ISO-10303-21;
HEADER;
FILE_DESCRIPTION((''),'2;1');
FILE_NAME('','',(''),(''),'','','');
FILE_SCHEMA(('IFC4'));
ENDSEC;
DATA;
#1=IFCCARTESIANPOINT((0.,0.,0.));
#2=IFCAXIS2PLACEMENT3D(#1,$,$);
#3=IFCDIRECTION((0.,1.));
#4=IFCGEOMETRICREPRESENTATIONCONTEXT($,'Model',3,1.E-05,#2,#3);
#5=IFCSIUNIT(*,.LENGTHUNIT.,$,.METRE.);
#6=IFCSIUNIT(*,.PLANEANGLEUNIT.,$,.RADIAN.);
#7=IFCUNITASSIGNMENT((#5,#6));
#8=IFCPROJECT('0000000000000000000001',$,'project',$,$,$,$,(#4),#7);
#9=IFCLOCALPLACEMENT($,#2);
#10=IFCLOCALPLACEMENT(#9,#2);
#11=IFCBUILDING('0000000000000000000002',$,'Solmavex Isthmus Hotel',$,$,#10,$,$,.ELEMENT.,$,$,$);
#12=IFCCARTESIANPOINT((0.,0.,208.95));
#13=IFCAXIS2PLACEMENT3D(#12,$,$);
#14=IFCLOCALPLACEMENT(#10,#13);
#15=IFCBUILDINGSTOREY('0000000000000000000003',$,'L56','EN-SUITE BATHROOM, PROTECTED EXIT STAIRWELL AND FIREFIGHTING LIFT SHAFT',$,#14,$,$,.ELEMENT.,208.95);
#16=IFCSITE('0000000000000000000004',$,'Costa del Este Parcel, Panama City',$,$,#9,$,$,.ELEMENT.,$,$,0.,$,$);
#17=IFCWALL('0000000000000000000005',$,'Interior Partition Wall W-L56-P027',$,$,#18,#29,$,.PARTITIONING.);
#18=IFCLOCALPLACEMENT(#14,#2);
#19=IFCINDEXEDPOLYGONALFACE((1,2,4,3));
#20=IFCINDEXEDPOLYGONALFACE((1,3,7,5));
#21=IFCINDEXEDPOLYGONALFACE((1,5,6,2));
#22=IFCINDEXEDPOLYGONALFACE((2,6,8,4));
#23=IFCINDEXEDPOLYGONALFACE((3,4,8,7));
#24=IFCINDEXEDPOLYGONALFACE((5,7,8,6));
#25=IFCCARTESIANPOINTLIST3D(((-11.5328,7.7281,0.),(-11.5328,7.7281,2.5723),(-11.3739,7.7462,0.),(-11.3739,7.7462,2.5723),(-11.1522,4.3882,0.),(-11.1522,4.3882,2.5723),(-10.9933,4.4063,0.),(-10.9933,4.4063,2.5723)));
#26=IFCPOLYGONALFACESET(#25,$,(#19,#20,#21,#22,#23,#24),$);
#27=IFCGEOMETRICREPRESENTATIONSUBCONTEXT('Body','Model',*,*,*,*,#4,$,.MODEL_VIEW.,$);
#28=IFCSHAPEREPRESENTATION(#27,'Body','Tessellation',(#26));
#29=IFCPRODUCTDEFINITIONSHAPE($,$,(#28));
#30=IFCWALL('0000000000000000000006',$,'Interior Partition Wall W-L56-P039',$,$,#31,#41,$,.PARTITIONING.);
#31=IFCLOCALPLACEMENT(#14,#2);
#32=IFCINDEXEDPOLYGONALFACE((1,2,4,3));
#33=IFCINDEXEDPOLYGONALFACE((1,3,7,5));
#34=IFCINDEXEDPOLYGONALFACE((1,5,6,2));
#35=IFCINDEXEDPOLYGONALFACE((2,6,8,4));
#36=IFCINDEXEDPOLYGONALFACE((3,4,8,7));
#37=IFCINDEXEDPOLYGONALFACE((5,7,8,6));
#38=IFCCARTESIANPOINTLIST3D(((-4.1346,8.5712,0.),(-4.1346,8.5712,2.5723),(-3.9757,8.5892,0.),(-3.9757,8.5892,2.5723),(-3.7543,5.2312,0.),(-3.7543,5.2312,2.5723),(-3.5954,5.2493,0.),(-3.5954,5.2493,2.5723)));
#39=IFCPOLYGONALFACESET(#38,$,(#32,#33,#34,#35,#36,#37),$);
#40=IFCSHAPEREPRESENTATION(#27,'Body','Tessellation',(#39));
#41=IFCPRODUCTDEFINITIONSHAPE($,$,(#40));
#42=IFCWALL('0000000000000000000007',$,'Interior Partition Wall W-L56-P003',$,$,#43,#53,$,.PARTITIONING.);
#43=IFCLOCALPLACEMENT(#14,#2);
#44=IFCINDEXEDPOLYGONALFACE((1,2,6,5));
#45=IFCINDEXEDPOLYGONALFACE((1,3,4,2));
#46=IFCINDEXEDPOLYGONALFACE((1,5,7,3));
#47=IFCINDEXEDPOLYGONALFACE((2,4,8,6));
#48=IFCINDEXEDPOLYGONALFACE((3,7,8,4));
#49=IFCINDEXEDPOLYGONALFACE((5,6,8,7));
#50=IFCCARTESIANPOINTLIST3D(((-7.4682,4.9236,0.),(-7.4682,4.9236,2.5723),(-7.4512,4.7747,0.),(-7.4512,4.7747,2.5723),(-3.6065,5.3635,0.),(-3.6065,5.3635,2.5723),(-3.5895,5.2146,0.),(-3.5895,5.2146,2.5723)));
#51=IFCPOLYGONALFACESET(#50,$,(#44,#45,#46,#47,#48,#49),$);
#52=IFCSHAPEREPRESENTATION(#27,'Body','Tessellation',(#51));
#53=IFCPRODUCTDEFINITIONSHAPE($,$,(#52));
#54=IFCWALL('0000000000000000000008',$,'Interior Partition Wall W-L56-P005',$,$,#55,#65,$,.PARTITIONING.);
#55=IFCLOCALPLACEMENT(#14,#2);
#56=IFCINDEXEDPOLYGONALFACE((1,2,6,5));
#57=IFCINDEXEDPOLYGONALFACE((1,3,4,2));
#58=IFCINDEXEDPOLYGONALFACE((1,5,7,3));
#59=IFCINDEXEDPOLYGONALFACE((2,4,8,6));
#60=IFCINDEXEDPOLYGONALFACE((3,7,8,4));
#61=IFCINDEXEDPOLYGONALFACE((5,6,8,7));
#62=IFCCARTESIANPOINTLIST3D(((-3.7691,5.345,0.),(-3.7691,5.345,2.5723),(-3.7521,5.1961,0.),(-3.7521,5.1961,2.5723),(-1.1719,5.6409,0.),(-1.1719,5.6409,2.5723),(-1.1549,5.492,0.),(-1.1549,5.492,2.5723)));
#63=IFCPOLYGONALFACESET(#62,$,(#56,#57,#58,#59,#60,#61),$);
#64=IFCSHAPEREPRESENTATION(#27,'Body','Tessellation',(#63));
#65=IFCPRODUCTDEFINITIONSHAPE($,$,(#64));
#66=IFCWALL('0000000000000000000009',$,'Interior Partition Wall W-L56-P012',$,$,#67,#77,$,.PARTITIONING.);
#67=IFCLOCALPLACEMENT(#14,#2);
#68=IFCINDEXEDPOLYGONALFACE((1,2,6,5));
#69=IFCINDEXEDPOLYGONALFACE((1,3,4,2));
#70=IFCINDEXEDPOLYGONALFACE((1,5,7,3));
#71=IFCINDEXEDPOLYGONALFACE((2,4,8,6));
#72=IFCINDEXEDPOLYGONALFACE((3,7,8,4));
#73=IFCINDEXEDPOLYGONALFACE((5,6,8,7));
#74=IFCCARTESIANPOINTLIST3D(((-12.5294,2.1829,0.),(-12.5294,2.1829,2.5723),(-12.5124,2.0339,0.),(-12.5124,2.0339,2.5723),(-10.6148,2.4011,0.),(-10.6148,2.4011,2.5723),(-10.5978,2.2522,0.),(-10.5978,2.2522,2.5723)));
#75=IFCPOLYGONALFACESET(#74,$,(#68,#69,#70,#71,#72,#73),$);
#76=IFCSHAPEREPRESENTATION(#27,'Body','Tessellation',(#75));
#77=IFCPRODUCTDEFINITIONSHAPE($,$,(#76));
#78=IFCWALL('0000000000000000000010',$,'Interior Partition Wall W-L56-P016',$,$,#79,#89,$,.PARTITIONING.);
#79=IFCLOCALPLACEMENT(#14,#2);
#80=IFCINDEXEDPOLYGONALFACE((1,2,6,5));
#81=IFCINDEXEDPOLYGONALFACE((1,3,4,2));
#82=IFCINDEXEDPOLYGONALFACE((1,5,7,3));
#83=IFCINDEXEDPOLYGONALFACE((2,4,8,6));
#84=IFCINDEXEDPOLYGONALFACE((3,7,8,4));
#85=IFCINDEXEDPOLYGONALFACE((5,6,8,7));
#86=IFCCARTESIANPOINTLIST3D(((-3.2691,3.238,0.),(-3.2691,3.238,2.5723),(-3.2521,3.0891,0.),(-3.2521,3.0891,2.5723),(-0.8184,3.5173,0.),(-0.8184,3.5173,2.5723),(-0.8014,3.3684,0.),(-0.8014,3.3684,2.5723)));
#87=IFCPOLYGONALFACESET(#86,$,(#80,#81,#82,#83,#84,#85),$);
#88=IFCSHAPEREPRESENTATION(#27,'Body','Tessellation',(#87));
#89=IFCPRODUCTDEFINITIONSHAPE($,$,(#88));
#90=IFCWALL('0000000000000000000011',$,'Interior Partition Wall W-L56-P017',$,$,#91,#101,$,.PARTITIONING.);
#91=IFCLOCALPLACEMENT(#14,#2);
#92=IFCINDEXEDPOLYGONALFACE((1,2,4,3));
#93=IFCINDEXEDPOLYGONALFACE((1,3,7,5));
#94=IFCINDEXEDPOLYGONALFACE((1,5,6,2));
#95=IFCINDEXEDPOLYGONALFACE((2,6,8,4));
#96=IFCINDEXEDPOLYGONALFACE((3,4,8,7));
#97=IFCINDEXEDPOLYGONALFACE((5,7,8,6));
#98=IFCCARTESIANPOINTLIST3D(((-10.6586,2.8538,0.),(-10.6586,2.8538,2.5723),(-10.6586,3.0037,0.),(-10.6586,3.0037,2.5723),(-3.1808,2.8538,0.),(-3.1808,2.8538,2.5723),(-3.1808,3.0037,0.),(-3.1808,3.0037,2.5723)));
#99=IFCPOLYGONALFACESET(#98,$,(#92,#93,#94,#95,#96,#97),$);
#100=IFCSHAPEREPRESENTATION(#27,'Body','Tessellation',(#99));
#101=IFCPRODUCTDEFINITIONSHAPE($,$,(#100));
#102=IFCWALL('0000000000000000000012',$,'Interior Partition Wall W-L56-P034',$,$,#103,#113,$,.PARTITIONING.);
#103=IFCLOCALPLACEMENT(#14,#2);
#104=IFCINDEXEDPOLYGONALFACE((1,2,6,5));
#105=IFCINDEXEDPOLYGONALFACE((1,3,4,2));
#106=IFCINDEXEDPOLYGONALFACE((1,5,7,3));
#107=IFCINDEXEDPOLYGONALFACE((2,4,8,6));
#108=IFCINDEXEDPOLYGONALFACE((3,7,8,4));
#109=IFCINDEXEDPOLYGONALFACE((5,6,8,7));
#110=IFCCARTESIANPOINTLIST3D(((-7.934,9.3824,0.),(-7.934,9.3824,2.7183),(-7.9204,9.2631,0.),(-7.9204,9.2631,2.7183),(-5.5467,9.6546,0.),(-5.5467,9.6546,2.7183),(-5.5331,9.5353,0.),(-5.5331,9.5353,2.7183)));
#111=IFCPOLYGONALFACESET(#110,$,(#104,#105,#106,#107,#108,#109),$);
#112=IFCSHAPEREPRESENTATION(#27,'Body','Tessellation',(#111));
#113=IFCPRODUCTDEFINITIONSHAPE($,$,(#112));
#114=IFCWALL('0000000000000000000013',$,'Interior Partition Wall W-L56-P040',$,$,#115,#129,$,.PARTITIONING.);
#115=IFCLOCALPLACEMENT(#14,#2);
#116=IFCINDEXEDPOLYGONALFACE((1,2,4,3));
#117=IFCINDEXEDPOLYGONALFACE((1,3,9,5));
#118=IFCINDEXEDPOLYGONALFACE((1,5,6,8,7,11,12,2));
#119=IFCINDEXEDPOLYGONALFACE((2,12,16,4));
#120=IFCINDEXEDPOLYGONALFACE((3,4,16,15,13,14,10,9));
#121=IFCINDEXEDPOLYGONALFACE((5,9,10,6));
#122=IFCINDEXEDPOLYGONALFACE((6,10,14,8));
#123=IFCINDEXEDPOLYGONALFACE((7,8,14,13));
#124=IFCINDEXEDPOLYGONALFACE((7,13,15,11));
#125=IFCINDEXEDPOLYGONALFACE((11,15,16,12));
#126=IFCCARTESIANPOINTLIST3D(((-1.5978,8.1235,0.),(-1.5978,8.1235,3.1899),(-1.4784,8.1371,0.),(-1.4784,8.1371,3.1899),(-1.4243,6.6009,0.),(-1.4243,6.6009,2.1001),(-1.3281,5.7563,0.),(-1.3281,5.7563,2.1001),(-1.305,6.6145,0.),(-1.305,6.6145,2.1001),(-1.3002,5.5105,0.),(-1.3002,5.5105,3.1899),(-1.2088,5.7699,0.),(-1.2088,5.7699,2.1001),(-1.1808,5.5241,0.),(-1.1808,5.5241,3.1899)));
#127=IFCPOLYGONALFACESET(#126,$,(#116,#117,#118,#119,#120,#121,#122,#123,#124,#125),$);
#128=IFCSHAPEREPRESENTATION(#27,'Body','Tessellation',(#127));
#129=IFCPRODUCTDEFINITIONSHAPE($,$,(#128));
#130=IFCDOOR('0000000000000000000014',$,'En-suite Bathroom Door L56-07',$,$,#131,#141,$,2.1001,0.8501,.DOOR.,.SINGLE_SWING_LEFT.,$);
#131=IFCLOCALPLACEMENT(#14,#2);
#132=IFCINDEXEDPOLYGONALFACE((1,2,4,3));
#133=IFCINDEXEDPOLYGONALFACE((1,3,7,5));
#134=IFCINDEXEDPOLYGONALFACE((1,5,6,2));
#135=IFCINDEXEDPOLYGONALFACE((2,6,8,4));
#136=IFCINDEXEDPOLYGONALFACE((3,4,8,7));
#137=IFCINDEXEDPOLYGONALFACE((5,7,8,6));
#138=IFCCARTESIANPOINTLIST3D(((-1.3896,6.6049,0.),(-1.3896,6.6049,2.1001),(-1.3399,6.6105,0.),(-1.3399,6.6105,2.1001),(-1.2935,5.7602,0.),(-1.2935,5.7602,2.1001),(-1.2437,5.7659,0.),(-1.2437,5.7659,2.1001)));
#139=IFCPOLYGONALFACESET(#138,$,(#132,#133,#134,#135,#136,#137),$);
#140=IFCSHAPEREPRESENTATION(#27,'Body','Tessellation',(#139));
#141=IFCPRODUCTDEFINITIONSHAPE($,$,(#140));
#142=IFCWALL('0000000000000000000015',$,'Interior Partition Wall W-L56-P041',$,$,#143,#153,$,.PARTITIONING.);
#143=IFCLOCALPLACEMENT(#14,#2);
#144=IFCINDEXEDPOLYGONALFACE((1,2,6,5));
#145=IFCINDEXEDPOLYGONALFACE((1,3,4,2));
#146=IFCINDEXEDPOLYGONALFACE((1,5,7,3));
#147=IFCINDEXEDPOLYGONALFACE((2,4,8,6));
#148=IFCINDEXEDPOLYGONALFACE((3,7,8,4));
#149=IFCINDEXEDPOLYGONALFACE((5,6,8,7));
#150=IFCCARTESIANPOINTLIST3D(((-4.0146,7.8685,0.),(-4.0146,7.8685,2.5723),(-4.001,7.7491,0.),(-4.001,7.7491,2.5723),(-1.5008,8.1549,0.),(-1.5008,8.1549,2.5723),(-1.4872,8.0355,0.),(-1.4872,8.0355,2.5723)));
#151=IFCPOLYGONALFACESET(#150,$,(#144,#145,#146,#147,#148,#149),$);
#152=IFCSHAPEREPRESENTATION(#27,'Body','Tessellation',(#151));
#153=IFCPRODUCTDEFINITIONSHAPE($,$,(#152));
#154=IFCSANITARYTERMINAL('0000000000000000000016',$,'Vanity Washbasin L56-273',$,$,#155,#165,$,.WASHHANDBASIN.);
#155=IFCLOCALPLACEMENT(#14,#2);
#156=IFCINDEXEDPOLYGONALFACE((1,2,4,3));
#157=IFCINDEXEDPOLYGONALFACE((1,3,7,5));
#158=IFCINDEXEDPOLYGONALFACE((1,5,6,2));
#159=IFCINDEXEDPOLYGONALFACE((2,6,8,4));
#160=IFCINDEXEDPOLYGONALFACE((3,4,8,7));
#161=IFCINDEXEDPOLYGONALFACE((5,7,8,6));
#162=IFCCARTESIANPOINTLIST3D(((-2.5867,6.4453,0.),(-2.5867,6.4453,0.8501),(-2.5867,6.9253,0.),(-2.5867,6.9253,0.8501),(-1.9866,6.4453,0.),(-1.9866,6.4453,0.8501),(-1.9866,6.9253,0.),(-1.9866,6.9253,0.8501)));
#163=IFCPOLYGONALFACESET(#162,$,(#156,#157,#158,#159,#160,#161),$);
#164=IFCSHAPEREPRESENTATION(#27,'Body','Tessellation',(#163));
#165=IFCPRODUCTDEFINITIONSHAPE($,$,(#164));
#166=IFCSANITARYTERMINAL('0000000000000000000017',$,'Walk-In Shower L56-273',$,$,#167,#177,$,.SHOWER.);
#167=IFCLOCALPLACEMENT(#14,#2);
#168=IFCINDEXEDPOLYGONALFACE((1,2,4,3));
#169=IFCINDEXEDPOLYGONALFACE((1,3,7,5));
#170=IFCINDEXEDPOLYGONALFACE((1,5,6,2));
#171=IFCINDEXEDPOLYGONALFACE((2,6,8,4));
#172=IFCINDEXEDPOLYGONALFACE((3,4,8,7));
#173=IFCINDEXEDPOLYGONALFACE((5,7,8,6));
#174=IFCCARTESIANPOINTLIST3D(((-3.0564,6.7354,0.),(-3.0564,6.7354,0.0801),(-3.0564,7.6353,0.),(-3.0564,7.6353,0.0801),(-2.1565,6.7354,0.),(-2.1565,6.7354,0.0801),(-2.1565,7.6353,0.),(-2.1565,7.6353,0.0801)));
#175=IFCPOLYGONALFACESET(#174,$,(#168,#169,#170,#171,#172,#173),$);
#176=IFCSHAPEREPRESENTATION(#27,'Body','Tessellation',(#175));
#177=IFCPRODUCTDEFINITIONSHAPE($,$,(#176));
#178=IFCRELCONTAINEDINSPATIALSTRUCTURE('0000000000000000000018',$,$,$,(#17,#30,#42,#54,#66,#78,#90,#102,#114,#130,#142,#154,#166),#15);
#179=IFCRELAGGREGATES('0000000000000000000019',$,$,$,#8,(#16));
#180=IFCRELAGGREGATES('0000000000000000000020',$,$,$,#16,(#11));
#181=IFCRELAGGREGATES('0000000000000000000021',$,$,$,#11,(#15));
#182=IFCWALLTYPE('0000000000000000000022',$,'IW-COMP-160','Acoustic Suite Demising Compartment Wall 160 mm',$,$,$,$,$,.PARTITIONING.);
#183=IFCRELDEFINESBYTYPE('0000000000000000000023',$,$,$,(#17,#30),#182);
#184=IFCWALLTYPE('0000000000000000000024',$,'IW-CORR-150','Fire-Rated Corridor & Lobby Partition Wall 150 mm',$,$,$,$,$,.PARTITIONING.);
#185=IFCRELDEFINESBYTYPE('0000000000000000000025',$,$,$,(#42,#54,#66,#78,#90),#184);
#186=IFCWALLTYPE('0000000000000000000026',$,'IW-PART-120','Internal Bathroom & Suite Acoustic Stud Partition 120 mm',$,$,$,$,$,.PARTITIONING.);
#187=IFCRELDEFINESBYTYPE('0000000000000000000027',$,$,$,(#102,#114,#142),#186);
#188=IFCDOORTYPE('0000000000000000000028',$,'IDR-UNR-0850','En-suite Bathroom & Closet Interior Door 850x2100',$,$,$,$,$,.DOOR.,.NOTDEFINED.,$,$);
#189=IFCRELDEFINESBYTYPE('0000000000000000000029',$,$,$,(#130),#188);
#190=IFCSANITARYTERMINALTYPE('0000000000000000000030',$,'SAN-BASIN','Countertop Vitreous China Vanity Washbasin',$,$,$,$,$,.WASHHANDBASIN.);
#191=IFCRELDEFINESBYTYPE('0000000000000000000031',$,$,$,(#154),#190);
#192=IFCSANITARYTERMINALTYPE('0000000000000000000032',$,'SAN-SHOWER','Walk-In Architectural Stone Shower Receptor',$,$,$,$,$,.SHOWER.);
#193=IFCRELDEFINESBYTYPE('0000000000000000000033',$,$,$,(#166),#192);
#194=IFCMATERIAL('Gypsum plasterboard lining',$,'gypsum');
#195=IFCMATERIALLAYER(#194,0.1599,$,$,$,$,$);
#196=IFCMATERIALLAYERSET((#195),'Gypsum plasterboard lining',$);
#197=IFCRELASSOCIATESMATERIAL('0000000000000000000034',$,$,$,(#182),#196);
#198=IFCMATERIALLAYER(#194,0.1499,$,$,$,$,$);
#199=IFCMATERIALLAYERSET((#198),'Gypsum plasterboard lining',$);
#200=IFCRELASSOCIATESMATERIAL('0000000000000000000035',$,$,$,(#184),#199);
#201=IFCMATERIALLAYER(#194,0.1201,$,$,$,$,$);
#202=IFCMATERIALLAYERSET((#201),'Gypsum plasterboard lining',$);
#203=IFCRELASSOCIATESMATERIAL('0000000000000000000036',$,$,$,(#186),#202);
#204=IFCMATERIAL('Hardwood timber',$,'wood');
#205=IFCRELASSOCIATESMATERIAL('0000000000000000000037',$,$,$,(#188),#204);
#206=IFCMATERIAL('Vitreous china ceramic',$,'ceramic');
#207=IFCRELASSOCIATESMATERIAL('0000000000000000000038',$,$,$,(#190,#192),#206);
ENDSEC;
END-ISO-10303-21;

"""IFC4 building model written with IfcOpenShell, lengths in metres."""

from ifc_helpers import new_model, si_unit, direction, frame, frame_2d, origin, origin_2d, place, context, subcontext, project, spatial, rectangle, extrude, material, layer, layer_set, type_object, element, fill, save


model = new_model("IFC4")

# Units and contexts
model_context = context("Model", 3, precision=1e-05, world=origin(), true_north=direction((0.0, 1.0)))
body_context = subcontext(model_context, "Body", "Model", "MODEL_VIEW")
ifc_project = project(units=[si_unit("LENGTHUNIT", "METRE"), si_unit("PLANEANGLEUNIT", "RADIAN")], contexts=[model_context])

# Site, building, storey
site_placement = place(None, origin())
site = spatial("IfcSite", under=ifc_project, at=site_placement, Name="Costa del Este Parcel, Panama City", CompositionType="ELEMENT", RefElevation=0.0)
building_placement = place(site_placement, origin())
building = spatial("IfcBuilding", under=site, at=building_placement, Name="Solmavex Isthmus Hotel", CompositionType="ELEMENT")
storey_placement = place(building_placement, frame((0.0, 0.0, 208.95)))
storey = spatial("IfcBuildingStorey", under=building, at=storey_placement, Name="L56", Description="EN-SUITE BATHROOM, PROTECTED EXIT STAIRWELL AND FIREFIGHTING LIFT SHAFT", CompositionType="ELEMENT", Elevation=208.95)

# Wall
ifc_material_1 = material(Name="Gypsum plasterboard lining", Category="gypsum")
ifc_layer_1 = layer(ifc_material_1, 0.1599)
ifc_layer_set_1 = layer_set([ifc_layer_1], Name="Gypsum plasterboard lining")
wall_type_1 = type_object("IfcWallType", Name="IW-COMP-160", Description="Acoustic Suite Demising Compartment Wall 160 mm", PredefinedType="PARTITIONING", material=ifc_layer_set_1)
wall_1_placement = place(storey_placement, frame((-11.4534, 7.7371, 0.0), z_axis=(0.0, 0.0, 1.0), x_axis=(0.113229, -0.993569, 0.0)))
element("IfcWall", 1, at=wall_1_placement, inside=storey, type_object=wall_type_1, Name="Interior Partition Wall W-L56-P027", PredefinedType="PARTITIONING", context=body_context, shape_type="SweptSolid", body=[
    extrude(rectangle(XDim=3.3616, YDim=0.1599, at=frame_2d((1.6807, 0.0))), origin(), (0.0, 0.0, 1.0), 2.5723),
])

# Shared definitions
ifc_material_2 = material(Name="Hardwood timber", Category="wood")

# Wall
wall_2_placement = place(storey_placement, frame((-4.0552, 8.5801, 0.0), z_axis=(0.0, 0.0, 1.0), x_axis=(0.113149, -0.993578, 0.0)))
element("IfcWall", 2, at=wall_2_placement, inside=storey, type_object=wall_type_1, Name="Interior Partition Wall W-L56-P039", PredefinedType="PARTITIONING", context=body_context, shape_type="SweptSolid", body=[
    extrude(rectangle(XDim=3.3616, YDim=0.1599, at=frame_2d((1.6807, 0.0))), origin(), (0.0, 0.0, 1.0), 2.5723),
])

# Shared definitions
ifc_layer_2 = layer(ifc_material_1, 0.1499)
ifc_layer_set_2 = layer_set([ifc_layer_2], Name="Gypsum plasterboard lining")
wall_type_2 = type_object("IfcWallType", Name="IW-CORR-150", Description="Fire-Rated Corridor & Lobby Partition Wall 150 mm", PredefinedType="PARTITIONING", material=ifc_layer_set_2)

# Wall
wall_3_placement = place(storey_placement, frame((-7.4597, 4.8491, 0.0), z_axis=(0.0, 0.0, 1.0), x_axis=(0.993574, 0.113189, 0.0)))
element("IfcWall", 3, at=wall_3_placement, inside=storey, type_object=wall_type_2, Name="Interior Partition Wall W-L56-P003", PredefinedType="PARTITIONING", context=body_context, shape_type="SweptSolid", body=[
    extrude(rectangle(XDim=3.8867, YDim=0.1499, at=frame_2d((1.9434, 0.0))), origin(), (0.0, 0.0, 1.0), 2.5723),
])

# Walls
wall_4_placement = place(storey_placement, frame((-3.7607, 5.2705, 0.0), z_axis=(0.0, 0.0, 1.0), x_axis=(0.993572, 0.113199, 0.0)))
element("IfcWall", 4, at=wall_4_placement, inside=storey, type_object=wall_type_2, Name="Interior Partition Wall W-L56-P005", PredefinedType="PARTITIONING", context=body_context, shape_type="SweptSolid", body=[
    extrude(rectangle(XDim=2.614, YDim=0.1499, at=frame_2d((1.3071, 0.0))), origin(), (0.0, 0.0, 1.0), 2.5723),
])
wall_5_placement = place(storey_placement, frame((-10.6064, 2.3267, 0.0), z_axis=(0.0, 0.0, 1.0), x_axis=(-0.993564, -0.113268, 0.0)))
element("IfcWall", 5, at=wall_5_placement, inside=storey, type_object=wall_type_2, Name="Interior Partition Wall W-L56-P012", PredefinedType="PARTITIONING", context=body_context, shape_type="SweptSolid", body=[
    extrude(rectangle(XDim=1.927, YDim=0.1499, at=frame_2d((0.9634, 0.0))), origin(), (0.0, 0.0, 1.0), 2.5723),
])
wall_6_placement = place(storey_placement, frame((-0.8098, 3.4429, 0.0), z_axis=(0.0, 0.0, 1.0), x_axis=(-0.993568, -0.113234, 0.0)))
element("IfcWall", 6, at=wall_6_placement, inside=storey, type_object=wall_type_2, Name="Interior Partition Wall W-L56-P016", PredefinedType="PARTITIONING", context=body_context, shape_type="SweptSolid", body=[
    extrude(rectangle(XDim=2.4666, YDim=0.1499, at=frame_2d((1.2334, 0.0))), origin(), (0.0, 0.0, 1.0), 2.5723),
])
wall_7_placement = place(storey_placement, frame((-3.1809, 2.9287, 0.0), z_axis=(0.0, 0.0, 1.0), x_axis=(-1.0, 0.0, 0.0)))
element("IfcWall", 7, at=wall_7_placement, inside=storey, type_object=wall_type_2, Name="Interior Partition Wall W-L56-P017", PredefinedType="PARTITIONING", context=body_context, shape_type="SweptSolid", body=[
    extrude(rectangle(XDim=7.4778, YDim=0.1499, at=frame_2d((3.7388, 0.0))), origin(), (0.0, 0.0, 1.0), 2.5723),
])
ifc_layer_3 = layer(ifc_material_1, 0.1201)
ifc_layer_set_3 = layer_set([ifc_layer_3], Name="Gypsum plasterboard lining")
wall_type_3 = type_object("IfcWallType", Name="IW-PART-120", Description="Internal Bathroom & Suite Acoustic Stud Partition 120 mm", PredefinedType="PARTITIONING", material=ifc_layer_set_3)
wall_8_placement = place(storey_placement, frame((-7.9272, 9.3228, 0.0), z_axis=(0.0, 0.0, 1.0), x_axis=(0.993562, 0.113286, 0.0)))
element("IfcWall", 8, at=wall_8_placement, inside=storey, type_object=wall_type_3, Name="Interior Partition Wall W-L56-P034", PredefinedType="PARTITIONING", context=body_context, shape_type="SweptSolid", body=[
    extrude(rectangle(XDim=2.4028, YDim=0.1201, at=frame_2d((1.2014, 0.0))), origin(), (0.0, 0.0, 1.0), 2.7183),
])

# Wall, opening, door
wall_9_placement = place(storey_placement, frame((-1.2405, 5.5173, 0.0), z_axis=(0.0, 0.0, 1.0), x_axis=(-0.113162, 0.993577, 0.0)))
wall_9 = element("IfcWall", 9, at=wall_9_placement, inside=storey, type_object=wall_type_3, Name="Interior Partition Wall W-L56-P040", PredefinedType="PARTITIONING", context=body_context, shape_type="SweptSolid", body=[
    extrude(rectangle(XDim=2.6299, YDim=0.1201, at=frame_2d((1.3149, 0.0))), origin(), (0.0, 0.0, 1.0), 3.1899),
])
opening_1_placement = place(wall_9_placement, frame((0.2473, 0.0, 0.0)))
opening_1 = element("IfcOpeningElement", 10, at=opening_1_placement, cuts=wall_9, PredefinedType="OPENING", context=body_context, shape_type="SweptSolid", body=[
    extrude(rectangle(XDim=0.8501, YDim=2.1001, at=frame_2d((0.425, 1.05))), frame((0.0, 0.0701, 0.0), z_axis=(0.0, -1.0, 0.0), x_axis=(1.0, 0.0, 0.0)), (0.0, 0.0, 1.0), 0.1401),
])
door_type_1 = type_object("IfcDoorType", Name="IDR-UNR-0850", Description="En-suite Bathroom & Closet Interior Door 850x2100", OperationType="NOTDEFINED", PredefinedType="DOOR", material=ifc_material_2)
door_1_placement = place(opening_1_placement, frame((0.8501, 0.0, 0.0), z_axis=(0.0, 0.0, 1.0), x_axis=(-1.0, 0.0, 0.0)))
door_1 = element("IfcDoor", 11, at=door_1_placement, inside=storey, type_object=door_type_1, Name="En-suite Bathroom Door L56-07", OperationType="SINGLE_SWING_LEFT", OverallHeight=2.1001, OverallWidth=0.8501, PredefinedType="DOOR", context=body_context, shape_type="SweptSolid", body=[
    extrude(rectangle(XDim=0.8501, YDim=2.1001, at=frame_2d((0.425, 1.05))), frame((0.0, 0.0249, 0.0), z_axis=(0.0, -1.0, 0.0), x_axis=(1.0, 0.0, 0.0)), (0.0, 0.0, 1.0), 0.05),
])
fill(opening_1, door_1)

# Wall
wall_10_placement = place(storey_placement, frame((-1.4939, 8.0952, 0.0), z_axis=(0.0, 0.0, 1.0), x_axis=(-0.993573, -0.113195, 0.0)))
element("IfcWall", 12, at=wall_10_placement, inside=storey, type_object=wall_type_3, Name="Interior Partition Wall W-L56-P041", PredefinedType="PARTITIONING", context=body_context, shape_type="SweptSolid", body=[
    extrude(rectangle(XDim=2.53, YDim=0.1201, at=frame_2d((1.2651, 0.0))), origin(), (0.0, 0.0, 1.0), 2.5723),
])

# Sanitary terminals
ifc_material_3 = material(Name="Vitreous china ceramic", Category="ceramic")
sanitary_terminal_type_1 = type_object("IfcSanitaryTerminalType", Name="SAN-BASIN", Description="Countertop Vitreous China Vanity Washbasin", PredefinedType="WASHHANDBASIN", material=ifc_material_3)
sanitary_terminal_1_placement = place(storey_placement, frame((-2.2866, 6.6853, 0.0), z_axis=(0.0, 0.0, 1.0), x_axis=(1.0, 0.0, 0.0)))
element("IfcSanitaryTerminal", 13, at=sanitary_terminal_1_placement, inside=storey, type_object=sanitary_terminal_type_1, Name="Vanity Washbasin L56-273", PredefinedType="WASHHANDBASIN", context=body_context, shape_type="SweptSolid", body=[
    extrude(rectangle(XDim=0.6001, YDim=0.48, at=origin_2d()), origin(), (0.0, 0.0, 1.0), 0.8501),
])
sanitary_terminal_type_2 = type_object("IfcSanitaryTerminalType", Name="SAN-SHOWER", Description="Walk-In Architectural Stone Shower Receptor", PredefinedType="SHOWER", material=ifc_material_3)
sanitary_terminal_2_placement = place(storey_placement, frame((-2.6064, 7.1853, 0.0), z_axis=(0.0, 0.0, 1.0), x_axis=(1.0, 0.0, 0.0)))
element("IfcSanitaryTerminal", 14, at=sanitary_terminal_2_placement, inside=storey, type_object=sanitary_terminal_type_2, Name="Walk-In Shower L56-273", PredefinedType="SHOWER", context=body_context, shape_type="SweptSolid", body=[
    extrude(rectangle(XDim=0.8999, YDim=0.8999, at=origin_2d()), origin(), (0.0, 0.0, 1.0), 0.0801),
])

save(model, "model.ifc")
